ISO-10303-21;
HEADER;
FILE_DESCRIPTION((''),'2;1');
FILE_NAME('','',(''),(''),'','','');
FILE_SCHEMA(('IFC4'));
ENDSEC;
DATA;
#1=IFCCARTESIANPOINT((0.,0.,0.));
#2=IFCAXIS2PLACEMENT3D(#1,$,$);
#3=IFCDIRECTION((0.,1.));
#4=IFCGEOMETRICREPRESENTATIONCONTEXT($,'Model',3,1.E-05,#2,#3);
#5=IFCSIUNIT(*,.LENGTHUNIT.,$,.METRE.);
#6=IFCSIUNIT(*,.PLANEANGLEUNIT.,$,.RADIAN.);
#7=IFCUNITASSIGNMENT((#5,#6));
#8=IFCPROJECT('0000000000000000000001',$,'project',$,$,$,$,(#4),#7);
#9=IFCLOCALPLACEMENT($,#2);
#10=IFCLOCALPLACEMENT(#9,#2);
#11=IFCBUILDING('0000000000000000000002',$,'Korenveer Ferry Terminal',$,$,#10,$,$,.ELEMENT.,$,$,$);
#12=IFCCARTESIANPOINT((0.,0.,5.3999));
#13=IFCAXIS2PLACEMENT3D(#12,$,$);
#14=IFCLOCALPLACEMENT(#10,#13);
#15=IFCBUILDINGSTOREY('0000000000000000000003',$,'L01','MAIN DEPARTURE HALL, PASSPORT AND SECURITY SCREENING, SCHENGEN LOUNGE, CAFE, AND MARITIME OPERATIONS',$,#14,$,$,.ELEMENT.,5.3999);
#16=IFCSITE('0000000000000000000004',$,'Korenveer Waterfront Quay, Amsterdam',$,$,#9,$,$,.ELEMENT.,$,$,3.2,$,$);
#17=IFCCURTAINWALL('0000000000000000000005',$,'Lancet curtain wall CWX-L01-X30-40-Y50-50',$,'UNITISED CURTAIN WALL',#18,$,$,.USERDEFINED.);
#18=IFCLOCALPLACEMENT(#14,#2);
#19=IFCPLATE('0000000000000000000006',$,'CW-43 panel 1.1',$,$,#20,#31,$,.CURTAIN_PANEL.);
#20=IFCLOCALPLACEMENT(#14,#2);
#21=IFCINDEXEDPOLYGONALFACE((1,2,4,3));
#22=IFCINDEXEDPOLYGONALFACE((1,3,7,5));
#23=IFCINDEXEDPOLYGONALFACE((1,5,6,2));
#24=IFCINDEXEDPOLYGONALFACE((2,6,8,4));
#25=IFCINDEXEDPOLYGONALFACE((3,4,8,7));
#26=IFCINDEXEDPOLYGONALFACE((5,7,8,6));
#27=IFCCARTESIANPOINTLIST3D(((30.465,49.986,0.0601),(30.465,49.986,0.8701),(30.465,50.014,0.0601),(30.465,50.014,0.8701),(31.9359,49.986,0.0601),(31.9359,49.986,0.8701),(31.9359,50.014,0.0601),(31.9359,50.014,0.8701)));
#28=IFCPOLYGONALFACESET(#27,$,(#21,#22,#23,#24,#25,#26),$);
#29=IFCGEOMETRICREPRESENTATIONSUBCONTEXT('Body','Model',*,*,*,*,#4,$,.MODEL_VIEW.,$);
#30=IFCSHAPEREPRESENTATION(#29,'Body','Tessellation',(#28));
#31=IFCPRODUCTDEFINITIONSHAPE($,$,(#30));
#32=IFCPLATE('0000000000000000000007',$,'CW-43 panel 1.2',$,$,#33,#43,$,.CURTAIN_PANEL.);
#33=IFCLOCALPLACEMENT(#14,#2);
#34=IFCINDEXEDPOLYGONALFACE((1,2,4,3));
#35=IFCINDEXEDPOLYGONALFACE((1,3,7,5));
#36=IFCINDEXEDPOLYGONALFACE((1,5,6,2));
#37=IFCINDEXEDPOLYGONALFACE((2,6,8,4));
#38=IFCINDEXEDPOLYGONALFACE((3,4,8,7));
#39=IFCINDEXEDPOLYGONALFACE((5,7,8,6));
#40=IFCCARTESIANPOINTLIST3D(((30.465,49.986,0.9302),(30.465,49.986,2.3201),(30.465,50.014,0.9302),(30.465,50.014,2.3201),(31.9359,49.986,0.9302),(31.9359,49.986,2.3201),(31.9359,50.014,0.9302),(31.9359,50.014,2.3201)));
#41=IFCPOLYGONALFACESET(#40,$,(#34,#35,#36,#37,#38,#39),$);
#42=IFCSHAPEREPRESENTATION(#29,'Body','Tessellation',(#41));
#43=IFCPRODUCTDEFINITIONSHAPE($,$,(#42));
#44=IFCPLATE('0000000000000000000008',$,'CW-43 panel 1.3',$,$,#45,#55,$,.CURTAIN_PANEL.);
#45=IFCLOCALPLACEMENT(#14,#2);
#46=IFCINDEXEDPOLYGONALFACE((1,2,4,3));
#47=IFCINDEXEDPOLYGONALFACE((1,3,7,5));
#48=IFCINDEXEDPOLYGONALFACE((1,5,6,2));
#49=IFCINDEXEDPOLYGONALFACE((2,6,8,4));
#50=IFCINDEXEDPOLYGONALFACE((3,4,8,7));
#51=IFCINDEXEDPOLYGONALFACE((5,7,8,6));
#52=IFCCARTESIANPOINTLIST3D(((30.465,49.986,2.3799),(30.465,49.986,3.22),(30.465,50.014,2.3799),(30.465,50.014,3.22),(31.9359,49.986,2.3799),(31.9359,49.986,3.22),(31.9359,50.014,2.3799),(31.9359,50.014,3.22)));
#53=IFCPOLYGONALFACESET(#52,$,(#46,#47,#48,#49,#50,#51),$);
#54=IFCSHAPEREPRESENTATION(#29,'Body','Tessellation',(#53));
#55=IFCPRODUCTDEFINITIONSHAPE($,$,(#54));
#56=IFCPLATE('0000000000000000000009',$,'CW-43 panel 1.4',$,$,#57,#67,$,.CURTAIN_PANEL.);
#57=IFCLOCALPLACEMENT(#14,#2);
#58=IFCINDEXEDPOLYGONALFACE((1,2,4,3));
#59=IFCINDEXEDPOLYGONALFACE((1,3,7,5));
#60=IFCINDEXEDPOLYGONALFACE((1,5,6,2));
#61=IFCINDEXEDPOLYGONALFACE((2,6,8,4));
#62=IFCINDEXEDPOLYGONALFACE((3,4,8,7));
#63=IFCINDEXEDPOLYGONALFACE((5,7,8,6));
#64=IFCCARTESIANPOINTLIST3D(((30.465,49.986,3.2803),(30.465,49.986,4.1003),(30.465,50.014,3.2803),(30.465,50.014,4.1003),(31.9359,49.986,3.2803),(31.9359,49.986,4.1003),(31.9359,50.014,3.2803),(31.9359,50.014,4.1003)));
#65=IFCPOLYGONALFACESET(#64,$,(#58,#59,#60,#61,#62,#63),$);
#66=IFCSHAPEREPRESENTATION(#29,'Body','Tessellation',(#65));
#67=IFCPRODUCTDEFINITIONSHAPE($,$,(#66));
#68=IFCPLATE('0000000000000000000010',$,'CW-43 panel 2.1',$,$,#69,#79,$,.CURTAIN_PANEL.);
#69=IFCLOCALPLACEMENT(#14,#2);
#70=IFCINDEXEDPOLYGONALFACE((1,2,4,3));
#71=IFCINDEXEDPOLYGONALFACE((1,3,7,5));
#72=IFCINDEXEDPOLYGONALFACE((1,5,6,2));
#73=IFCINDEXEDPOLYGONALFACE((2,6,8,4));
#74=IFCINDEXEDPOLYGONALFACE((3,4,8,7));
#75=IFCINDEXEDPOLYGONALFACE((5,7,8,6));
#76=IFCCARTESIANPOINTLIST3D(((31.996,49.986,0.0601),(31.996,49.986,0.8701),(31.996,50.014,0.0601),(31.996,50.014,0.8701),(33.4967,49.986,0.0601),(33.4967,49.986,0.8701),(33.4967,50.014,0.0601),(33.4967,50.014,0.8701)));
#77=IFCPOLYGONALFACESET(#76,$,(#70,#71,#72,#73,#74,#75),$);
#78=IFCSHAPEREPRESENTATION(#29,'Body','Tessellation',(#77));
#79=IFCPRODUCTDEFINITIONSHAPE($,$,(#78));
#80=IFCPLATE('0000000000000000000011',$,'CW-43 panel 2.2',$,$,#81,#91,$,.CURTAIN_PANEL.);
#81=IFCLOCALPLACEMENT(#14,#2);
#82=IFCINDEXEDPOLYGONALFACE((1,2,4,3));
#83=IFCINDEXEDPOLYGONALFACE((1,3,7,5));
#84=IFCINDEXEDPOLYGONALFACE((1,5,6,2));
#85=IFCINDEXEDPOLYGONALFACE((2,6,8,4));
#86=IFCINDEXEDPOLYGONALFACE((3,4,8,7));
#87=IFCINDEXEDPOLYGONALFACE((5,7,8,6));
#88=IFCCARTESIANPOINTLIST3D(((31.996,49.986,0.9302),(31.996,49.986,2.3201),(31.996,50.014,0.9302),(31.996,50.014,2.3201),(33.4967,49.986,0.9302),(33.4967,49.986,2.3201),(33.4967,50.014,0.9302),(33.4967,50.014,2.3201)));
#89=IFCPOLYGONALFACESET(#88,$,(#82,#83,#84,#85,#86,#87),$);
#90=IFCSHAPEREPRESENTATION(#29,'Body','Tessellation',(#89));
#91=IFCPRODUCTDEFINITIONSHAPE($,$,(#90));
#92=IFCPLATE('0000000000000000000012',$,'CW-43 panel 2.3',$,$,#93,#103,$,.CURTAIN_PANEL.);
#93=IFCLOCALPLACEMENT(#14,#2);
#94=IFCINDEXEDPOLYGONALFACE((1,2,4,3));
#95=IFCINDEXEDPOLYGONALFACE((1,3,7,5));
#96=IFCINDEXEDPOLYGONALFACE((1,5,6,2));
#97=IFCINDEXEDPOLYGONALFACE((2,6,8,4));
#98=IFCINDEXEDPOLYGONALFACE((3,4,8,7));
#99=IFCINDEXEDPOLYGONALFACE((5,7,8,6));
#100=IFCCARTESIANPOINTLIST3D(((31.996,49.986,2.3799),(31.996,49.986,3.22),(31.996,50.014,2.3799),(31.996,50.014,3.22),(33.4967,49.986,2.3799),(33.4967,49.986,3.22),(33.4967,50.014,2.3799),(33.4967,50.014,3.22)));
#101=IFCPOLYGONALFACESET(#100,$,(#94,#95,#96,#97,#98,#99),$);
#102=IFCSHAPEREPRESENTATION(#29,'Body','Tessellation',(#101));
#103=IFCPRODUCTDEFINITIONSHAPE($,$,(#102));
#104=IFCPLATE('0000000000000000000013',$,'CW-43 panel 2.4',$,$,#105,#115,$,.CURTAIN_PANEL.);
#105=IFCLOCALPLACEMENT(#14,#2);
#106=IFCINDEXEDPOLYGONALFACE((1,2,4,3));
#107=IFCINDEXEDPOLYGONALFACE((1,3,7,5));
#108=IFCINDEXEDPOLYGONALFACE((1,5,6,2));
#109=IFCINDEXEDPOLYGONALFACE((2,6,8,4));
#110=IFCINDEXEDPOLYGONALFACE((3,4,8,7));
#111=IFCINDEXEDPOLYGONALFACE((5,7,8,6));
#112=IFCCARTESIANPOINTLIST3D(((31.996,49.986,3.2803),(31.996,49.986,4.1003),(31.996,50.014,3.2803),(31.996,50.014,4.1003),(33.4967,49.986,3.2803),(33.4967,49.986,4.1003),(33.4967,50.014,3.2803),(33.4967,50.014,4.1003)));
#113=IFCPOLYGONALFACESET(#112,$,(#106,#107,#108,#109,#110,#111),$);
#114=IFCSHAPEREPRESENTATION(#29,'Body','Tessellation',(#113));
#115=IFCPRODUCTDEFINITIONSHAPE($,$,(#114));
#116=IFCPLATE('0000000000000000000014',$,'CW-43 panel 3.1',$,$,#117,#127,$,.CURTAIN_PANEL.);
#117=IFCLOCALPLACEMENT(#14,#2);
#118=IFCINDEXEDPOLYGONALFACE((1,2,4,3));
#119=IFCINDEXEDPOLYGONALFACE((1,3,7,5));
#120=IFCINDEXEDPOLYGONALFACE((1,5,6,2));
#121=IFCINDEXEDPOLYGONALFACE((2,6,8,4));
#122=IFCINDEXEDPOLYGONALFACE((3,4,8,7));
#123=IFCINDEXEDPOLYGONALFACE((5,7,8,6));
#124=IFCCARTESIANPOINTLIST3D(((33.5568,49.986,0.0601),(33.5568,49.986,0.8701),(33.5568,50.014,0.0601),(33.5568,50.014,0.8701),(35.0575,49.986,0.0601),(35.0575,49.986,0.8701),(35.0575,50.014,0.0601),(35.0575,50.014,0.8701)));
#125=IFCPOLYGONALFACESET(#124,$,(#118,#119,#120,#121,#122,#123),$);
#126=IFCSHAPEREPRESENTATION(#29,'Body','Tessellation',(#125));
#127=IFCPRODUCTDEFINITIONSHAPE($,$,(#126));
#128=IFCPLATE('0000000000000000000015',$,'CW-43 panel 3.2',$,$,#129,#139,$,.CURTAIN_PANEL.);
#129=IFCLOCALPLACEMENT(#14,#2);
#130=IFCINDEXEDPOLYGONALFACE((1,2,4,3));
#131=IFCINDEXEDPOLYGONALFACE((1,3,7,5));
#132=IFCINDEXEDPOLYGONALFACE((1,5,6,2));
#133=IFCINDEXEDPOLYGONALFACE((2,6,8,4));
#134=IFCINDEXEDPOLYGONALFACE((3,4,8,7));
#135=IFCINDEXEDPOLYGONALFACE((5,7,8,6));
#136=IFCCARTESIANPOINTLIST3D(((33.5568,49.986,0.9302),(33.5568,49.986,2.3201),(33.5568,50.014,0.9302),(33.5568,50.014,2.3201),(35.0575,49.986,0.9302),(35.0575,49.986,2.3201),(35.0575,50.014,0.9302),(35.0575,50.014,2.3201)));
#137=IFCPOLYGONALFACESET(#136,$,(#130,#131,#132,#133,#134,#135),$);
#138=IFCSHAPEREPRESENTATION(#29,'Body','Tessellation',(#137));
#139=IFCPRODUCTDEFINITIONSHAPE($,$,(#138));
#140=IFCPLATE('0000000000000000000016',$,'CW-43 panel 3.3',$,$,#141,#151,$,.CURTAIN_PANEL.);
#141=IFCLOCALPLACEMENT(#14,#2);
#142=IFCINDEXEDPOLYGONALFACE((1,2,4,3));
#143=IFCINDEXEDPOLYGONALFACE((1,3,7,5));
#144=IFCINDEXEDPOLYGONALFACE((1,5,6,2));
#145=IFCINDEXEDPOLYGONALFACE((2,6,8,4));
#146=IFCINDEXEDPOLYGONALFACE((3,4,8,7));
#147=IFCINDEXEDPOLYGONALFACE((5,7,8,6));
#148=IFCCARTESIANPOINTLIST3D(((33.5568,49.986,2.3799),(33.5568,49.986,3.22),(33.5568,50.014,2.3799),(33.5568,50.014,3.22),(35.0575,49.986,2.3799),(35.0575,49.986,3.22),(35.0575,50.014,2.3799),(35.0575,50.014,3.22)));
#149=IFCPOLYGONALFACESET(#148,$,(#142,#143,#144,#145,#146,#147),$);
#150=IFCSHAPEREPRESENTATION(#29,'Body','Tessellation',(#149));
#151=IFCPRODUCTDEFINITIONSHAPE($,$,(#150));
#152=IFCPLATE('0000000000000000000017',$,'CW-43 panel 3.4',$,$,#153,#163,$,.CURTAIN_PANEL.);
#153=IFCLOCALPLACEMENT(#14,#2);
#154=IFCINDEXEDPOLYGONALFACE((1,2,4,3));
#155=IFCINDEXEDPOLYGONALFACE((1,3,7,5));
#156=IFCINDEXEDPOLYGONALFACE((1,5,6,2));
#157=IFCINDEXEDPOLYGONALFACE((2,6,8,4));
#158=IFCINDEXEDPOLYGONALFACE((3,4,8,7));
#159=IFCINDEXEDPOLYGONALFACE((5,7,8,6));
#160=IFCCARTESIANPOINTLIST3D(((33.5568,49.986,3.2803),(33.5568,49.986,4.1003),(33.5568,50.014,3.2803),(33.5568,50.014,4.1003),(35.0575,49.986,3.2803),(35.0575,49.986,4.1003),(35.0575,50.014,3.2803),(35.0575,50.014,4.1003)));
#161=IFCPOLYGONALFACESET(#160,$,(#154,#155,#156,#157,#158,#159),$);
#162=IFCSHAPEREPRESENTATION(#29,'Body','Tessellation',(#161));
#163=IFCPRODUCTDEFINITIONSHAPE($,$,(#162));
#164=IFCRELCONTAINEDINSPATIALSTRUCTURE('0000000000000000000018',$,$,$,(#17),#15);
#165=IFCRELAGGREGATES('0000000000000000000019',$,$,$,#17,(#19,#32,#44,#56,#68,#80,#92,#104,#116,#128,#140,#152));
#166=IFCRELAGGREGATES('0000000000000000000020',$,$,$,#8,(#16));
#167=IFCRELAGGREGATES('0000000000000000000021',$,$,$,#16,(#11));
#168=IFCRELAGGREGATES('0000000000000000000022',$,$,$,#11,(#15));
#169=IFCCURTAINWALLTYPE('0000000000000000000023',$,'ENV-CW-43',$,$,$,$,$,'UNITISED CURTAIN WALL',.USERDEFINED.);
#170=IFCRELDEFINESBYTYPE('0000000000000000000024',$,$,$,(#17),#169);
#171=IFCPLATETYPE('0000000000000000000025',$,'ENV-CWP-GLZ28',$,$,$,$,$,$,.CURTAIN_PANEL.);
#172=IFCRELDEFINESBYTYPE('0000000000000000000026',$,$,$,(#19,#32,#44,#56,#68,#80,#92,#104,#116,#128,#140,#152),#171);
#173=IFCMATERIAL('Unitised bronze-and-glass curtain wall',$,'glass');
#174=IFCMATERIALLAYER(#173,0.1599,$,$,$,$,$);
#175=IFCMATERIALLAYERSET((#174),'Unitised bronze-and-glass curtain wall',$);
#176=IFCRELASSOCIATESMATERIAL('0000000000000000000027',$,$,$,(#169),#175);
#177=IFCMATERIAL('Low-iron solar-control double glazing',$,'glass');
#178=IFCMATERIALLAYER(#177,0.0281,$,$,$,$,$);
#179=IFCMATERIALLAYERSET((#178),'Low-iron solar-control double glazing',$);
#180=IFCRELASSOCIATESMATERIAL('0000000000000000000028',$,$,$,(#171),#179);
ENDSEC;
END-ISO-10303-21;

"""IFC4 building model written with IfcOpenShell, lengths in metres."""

from ifc_helpers import new_model, si_unit, direction, frame, origin, origin_2d, place, context, subcontext, project, spatial, rectangle, extrude, material, layer, layer_set, type_object, element, aggregate, save


model = new_model("IFC4")

# Units and contexts
model_context = context("Model", 3, precision=1e-05, world=origin(), true_north=direction((0.0, 1.0)))
body_context = subcontext(model_context, "Body", "Model", "MODEL_VIEW")
ifc_project = project(units=[si_unit("LENGTHUNIT", "METRE"), si_unit("PLANEANGLEUNIT", "RADIAN")], contexts=[model_context])

# Site, building, storey
site_placement = place(None, origin())
site = spatial("IfcSite", under=ifc_project, at=site_placement, Name="Korenveer Waterfront Quay, Amsterdam", CompositionType="ELEMENT", RefElevation=3.2)
building_placement = place(site_placement, origin())
building = spatial("IfcBuilding", under=site, at=building_placement, Name="Korenveer Ferry Terminal", CompositionType="ELEMENT")
storey_placement = place(building_placement, frame((0.0, 0.0, 5.3999)))
storey = spatial("IfcBuildingStorey", under=building, at=storey_placement, Name="L01", Description="MAIN DEPARTURE HALL, PASSPORT AND SECURITY SCREENING, SCHENGEN LOUNGE, CAFE, AND MARITIME OPERATIONS", CompositionType="ELEMENT", Elevation=5.3999)

# Curtain wall
ifc_material_1 = material(Name="Unitised bronze-and-glass curtain wall", Category="glass")
ifc_layer_1 = layer(ifc_material_1, 0.1599)
ifc_layer_set_1 = layer_set([ifc_layer_1], Name="Unitised bronze-and-glass curtain wall")
curtain_wall_type = type_object("IfcCurtainWallType", Name="ENV-CW-43", ElementType="UNITISED CURTAIN WALL", PredefinedType="USERDEFINED", material=ifc_layer_set_1)
curtain_wall_placement = place(storey_placement, frame((30.405, 50.0, 0.0)))
curtain_wall = element("IfcCurtainWall", 1, at=curtain_wall_placement, inside=storey, type_object=curtain_wall_type, Name="Lancet curtain wall CWX-L01-X30-40-Y50-50", ObjectType="UNITISED CURTAIN WALL", PredefinedType="USERDEFINED")

# Plates
ifc_material_2 = material(Name="Low-iron solar-control double glazing", Category="glass")
ifc_layer_2 = layer(ifc_material_2, 0.0281)
ifc_layer_set_2 = layer_set([ifc_layer_2], Name="Low-iron solar-control double glazing")
plate_type = type_object("IfcPlateType", Name="ENV-CWP-GLZ28", PredefinedType="CURTAIN_PANEL", material=ifc_layer_set_2)
plate_1_placement = place(storey_placement, frame((31.2004, 50.0, 0.0601), z_axis=(0.0, 0.0, 1.0), x_axis=(1.0, 0.0, 0.0)))
plate_1 = element("IfcPlate", 2, at=plate_1_placement, type_object=plate_type, Name="CW-43 panel 1.1", PredefinedType="CURTAIN_PANEL", context=body_context, shape_type="SweptSolid", body=[
    extrude(rectangle(XDim=1.4709, YDim=0.0281, at=origin_2d()), origin(), (0.0, 0.0, 1.0), 0.8101),
])
plate_2_placement = place(storey_placement, frame((31.2004, 50.0, 0.9302), z_axis=(0.0, 0.0, 1.0), x_axis=(1.0, 0.0, 0.0)))
plate_2 = element("IfcPlate", 3, at=plate_2_placement, type_object=plate_type, Name="CW-43 panel 1.2", PredefinedType="CURTAIN_PANEL", context=body_context, shape_type="SweptSolid", body=[
    extrude(rectangle(XDim=1.4709, YDim=0.0281, at=origin_2d()), origin(), (0.0, 0.0, 1.0), 1.3899),
])
plate_3_placement = place(storey_placement, frame((31.2004, 50.0, 2.3799), z_axis=(0.0, 0.0, 1.0), x_axis=(1.0, 0.0, 0.0)))
plate_3 = element("IfcPlate", 4, at=plate_3_placement, type_object=plate_type, Name="CW-43 panel 1.3", PredefinedType="CURTAIN_PANEL", context=body_context, shape_type="SweptSolid", body=[
    extrude(rectangle(XDim=1.4709, YDim=0.0281, at=origin_2d()), origin(), (0.0, 0.0, 1.0), 0.8401),
])
plate_4_placement = place(storey_placement, frame((31.2004, 50.0, 3.2803), z_axis=(0.0, 0.0, 1.0), x_axis=(1.0, 0.0, 0.0)))
plate_4 = element("IfcPlate", 5, at=plate_4_placement, type_object=plate_type, Name="CW-43 panel 1.4", PredefinedType="CURTAIN_PANEL", context=body_context, shape_type="SweptSolid", body=[
    extrude(rectangle(XDim=1.4709, YDim=0.0281, at=origin_2d()), origin(), (0.0, 0.0, 1.0), 0.8201),
])
plate_5_placement = place(storey_placement, frame((32.7463, 50.0, 0.0601), z_axis=(0.0, 0.0, 1.0), x_axis=(1.0, 0.0, 0.0)))
plate_5 = element("IfcPlate", 6, at=plate_5_placement, type_object=plate_type, Name="CW-43 panel 2.1", PredefinedType="CURTAIN_PANEL", context=body_context, shape_type="SweptSolid", body=[
    extrude(rectangle(XDim=1.5007, YDim=0.0281, at=origin_2d()), origin(), (0.0, 0.0, 1.0), 0.8101),
])
plate_6_placement = place(storey_placement, frame((32.7463, 50.0, 0.9302), z_axis=(0.0, 0.0, 1.0), x_axis=(1.0, 0.0, 0.0)))
plate_6 = element("IfcPlate", 7, at=plate_6_placement, type_object=plate_type, Name="CW-43 panel 2.2", PredefinedType="CURTAIN_PANEL", context=body_context, shape_type="SweptSolid", body=[
    extrude(rectangle(XDim=1.5007, YDim=0.0281, at=origin_2d()), origin(), (0.0, 0.0, 1.0), 1.3899),
])
plate_7_placement = place(storey_placement, frame((32.7463, 50.0, 2.3799), z_axis=(0.0, 0.0, 1.0), x_axis=(1.0, 0.0, 0.0)))
plate_7 = element("IfcPlate", 8, at=plate_7_placement, type_object=plate_type, Name="CW-43 panel 2.3", PredefinedType="CURTAIN_PANEL", context=body_context, shape_type="SweptSolid", body=[
    extrude(rectangle(XDim=1.5007, YDim=0.0281, at=origin_2d()), origin(), (0.0, 0.0, 1.0), 0.8401),
])
plate_8_placement = place(storey_placement, frame((32.7463, 50.0, 3.2803), z_axis=(0.0, 0.0, 1.0), x_axis=(1.0, 0.0, 0.0)))
plate_8 = element("IfcPlate", 9, at=plate_8_placement, type_object=plate_type, Name="CW-43 panel 2.4", PredefinedType="CURTAIN_PANEL", context=body_context, shape_type="SweptSolid", body=[
    extrude(rectangle(XDim=1.5007, YDim=0.0281, at=origin_2d()), origin(), (0.0, 0.0, 1.0), 0.8201),
])
plate_9_placement = place(storey_placement, frame((34.3071, 50.0, 0.0601), z_axis=(0.0, 0.0, 1.0), x_axis=(1.0, 0.0, 0.0)))
plate_9 = element("IfcPlate", 10, at=plate_9_placement, type_object=plate_type, Name="CW-43 panel 3.1", PredefinedType="CURTAIN_PANEL", context=body_context, shape_type="SweptSolid", body=[
    extrude(rectangle(XDim=1.5007, YDim=0.0281, at=origin_2d()), origin(), (0.0, 0.0, 1.0), 0.8101),
])
plate_10_placement = place(storey_placement, frame((34.3071, 50.0, 0.9302), z_axis=(0.0, 0.0, 1.0), x_axis=(1.0, 0.0, 0.0)))
plate_10 = element("IfcPlate", 11, at=plate_10_placement, type_object=plate_type, Name="CW-43 panel 3.2", PredefinedType="CURTAIN_PANEL", context=body_context, shape_type="SweptSolid", body=[
    extrude(rectangle(XDim=1.5007, YDim=0.0281, at=origin_2d()), origin(), (0.0, 0.0, 1.0), 1.3899),
])
plate_11_placement = place(storey_placement, frame((34.3071, 50.0, 2.3799), z_axis=(0.0, 0.0, 1.0), x_axis=(1.0, 0.0, 0.0)))
plate_11 = element("IfcPlate", 12, at=plate_11_placement, type_object=plate_type, Name="CW-43 panel 3.3", PredefinedType="CURTAIN_PANEL", context=body_context, shape_type="SweptSolid", body=[
    extrude(rectangle(XDim=1.5007, YDim=0.0281, at=origin_2d()), origin(), (0.0, 0.0, 1.0), 0.8401),
])
plate_12_placement = place(storey_placement, frame((34.3071, 50.0, 3.2803), z_axis=(0.0, 0.0, 1.0), x_axis=(1.0, 0.0, 0.0)))
plate_12 = element("IfcPlate", 13, at=plate_12_placement, type_object=plate_type, Name="CW-43 panel 3.4", PredefinedType="CURTAIN_PANEL", context=body_context, shape_type="SweptSolid", body=[
    extrude(rectangle(XDim=1.5007, YDim=0.0281, at=origin_2d()), origin(), (0.0, 0.0, 1.0), 0.8201),
])
aggregate(curtain_wall, [plate_1, plate_2, plate_3, plate_4, plate_5, plate_6, plate_7, plate_8, plate_9, plate_10, plate_11, plate_12])

save(model, "model.ifc")
